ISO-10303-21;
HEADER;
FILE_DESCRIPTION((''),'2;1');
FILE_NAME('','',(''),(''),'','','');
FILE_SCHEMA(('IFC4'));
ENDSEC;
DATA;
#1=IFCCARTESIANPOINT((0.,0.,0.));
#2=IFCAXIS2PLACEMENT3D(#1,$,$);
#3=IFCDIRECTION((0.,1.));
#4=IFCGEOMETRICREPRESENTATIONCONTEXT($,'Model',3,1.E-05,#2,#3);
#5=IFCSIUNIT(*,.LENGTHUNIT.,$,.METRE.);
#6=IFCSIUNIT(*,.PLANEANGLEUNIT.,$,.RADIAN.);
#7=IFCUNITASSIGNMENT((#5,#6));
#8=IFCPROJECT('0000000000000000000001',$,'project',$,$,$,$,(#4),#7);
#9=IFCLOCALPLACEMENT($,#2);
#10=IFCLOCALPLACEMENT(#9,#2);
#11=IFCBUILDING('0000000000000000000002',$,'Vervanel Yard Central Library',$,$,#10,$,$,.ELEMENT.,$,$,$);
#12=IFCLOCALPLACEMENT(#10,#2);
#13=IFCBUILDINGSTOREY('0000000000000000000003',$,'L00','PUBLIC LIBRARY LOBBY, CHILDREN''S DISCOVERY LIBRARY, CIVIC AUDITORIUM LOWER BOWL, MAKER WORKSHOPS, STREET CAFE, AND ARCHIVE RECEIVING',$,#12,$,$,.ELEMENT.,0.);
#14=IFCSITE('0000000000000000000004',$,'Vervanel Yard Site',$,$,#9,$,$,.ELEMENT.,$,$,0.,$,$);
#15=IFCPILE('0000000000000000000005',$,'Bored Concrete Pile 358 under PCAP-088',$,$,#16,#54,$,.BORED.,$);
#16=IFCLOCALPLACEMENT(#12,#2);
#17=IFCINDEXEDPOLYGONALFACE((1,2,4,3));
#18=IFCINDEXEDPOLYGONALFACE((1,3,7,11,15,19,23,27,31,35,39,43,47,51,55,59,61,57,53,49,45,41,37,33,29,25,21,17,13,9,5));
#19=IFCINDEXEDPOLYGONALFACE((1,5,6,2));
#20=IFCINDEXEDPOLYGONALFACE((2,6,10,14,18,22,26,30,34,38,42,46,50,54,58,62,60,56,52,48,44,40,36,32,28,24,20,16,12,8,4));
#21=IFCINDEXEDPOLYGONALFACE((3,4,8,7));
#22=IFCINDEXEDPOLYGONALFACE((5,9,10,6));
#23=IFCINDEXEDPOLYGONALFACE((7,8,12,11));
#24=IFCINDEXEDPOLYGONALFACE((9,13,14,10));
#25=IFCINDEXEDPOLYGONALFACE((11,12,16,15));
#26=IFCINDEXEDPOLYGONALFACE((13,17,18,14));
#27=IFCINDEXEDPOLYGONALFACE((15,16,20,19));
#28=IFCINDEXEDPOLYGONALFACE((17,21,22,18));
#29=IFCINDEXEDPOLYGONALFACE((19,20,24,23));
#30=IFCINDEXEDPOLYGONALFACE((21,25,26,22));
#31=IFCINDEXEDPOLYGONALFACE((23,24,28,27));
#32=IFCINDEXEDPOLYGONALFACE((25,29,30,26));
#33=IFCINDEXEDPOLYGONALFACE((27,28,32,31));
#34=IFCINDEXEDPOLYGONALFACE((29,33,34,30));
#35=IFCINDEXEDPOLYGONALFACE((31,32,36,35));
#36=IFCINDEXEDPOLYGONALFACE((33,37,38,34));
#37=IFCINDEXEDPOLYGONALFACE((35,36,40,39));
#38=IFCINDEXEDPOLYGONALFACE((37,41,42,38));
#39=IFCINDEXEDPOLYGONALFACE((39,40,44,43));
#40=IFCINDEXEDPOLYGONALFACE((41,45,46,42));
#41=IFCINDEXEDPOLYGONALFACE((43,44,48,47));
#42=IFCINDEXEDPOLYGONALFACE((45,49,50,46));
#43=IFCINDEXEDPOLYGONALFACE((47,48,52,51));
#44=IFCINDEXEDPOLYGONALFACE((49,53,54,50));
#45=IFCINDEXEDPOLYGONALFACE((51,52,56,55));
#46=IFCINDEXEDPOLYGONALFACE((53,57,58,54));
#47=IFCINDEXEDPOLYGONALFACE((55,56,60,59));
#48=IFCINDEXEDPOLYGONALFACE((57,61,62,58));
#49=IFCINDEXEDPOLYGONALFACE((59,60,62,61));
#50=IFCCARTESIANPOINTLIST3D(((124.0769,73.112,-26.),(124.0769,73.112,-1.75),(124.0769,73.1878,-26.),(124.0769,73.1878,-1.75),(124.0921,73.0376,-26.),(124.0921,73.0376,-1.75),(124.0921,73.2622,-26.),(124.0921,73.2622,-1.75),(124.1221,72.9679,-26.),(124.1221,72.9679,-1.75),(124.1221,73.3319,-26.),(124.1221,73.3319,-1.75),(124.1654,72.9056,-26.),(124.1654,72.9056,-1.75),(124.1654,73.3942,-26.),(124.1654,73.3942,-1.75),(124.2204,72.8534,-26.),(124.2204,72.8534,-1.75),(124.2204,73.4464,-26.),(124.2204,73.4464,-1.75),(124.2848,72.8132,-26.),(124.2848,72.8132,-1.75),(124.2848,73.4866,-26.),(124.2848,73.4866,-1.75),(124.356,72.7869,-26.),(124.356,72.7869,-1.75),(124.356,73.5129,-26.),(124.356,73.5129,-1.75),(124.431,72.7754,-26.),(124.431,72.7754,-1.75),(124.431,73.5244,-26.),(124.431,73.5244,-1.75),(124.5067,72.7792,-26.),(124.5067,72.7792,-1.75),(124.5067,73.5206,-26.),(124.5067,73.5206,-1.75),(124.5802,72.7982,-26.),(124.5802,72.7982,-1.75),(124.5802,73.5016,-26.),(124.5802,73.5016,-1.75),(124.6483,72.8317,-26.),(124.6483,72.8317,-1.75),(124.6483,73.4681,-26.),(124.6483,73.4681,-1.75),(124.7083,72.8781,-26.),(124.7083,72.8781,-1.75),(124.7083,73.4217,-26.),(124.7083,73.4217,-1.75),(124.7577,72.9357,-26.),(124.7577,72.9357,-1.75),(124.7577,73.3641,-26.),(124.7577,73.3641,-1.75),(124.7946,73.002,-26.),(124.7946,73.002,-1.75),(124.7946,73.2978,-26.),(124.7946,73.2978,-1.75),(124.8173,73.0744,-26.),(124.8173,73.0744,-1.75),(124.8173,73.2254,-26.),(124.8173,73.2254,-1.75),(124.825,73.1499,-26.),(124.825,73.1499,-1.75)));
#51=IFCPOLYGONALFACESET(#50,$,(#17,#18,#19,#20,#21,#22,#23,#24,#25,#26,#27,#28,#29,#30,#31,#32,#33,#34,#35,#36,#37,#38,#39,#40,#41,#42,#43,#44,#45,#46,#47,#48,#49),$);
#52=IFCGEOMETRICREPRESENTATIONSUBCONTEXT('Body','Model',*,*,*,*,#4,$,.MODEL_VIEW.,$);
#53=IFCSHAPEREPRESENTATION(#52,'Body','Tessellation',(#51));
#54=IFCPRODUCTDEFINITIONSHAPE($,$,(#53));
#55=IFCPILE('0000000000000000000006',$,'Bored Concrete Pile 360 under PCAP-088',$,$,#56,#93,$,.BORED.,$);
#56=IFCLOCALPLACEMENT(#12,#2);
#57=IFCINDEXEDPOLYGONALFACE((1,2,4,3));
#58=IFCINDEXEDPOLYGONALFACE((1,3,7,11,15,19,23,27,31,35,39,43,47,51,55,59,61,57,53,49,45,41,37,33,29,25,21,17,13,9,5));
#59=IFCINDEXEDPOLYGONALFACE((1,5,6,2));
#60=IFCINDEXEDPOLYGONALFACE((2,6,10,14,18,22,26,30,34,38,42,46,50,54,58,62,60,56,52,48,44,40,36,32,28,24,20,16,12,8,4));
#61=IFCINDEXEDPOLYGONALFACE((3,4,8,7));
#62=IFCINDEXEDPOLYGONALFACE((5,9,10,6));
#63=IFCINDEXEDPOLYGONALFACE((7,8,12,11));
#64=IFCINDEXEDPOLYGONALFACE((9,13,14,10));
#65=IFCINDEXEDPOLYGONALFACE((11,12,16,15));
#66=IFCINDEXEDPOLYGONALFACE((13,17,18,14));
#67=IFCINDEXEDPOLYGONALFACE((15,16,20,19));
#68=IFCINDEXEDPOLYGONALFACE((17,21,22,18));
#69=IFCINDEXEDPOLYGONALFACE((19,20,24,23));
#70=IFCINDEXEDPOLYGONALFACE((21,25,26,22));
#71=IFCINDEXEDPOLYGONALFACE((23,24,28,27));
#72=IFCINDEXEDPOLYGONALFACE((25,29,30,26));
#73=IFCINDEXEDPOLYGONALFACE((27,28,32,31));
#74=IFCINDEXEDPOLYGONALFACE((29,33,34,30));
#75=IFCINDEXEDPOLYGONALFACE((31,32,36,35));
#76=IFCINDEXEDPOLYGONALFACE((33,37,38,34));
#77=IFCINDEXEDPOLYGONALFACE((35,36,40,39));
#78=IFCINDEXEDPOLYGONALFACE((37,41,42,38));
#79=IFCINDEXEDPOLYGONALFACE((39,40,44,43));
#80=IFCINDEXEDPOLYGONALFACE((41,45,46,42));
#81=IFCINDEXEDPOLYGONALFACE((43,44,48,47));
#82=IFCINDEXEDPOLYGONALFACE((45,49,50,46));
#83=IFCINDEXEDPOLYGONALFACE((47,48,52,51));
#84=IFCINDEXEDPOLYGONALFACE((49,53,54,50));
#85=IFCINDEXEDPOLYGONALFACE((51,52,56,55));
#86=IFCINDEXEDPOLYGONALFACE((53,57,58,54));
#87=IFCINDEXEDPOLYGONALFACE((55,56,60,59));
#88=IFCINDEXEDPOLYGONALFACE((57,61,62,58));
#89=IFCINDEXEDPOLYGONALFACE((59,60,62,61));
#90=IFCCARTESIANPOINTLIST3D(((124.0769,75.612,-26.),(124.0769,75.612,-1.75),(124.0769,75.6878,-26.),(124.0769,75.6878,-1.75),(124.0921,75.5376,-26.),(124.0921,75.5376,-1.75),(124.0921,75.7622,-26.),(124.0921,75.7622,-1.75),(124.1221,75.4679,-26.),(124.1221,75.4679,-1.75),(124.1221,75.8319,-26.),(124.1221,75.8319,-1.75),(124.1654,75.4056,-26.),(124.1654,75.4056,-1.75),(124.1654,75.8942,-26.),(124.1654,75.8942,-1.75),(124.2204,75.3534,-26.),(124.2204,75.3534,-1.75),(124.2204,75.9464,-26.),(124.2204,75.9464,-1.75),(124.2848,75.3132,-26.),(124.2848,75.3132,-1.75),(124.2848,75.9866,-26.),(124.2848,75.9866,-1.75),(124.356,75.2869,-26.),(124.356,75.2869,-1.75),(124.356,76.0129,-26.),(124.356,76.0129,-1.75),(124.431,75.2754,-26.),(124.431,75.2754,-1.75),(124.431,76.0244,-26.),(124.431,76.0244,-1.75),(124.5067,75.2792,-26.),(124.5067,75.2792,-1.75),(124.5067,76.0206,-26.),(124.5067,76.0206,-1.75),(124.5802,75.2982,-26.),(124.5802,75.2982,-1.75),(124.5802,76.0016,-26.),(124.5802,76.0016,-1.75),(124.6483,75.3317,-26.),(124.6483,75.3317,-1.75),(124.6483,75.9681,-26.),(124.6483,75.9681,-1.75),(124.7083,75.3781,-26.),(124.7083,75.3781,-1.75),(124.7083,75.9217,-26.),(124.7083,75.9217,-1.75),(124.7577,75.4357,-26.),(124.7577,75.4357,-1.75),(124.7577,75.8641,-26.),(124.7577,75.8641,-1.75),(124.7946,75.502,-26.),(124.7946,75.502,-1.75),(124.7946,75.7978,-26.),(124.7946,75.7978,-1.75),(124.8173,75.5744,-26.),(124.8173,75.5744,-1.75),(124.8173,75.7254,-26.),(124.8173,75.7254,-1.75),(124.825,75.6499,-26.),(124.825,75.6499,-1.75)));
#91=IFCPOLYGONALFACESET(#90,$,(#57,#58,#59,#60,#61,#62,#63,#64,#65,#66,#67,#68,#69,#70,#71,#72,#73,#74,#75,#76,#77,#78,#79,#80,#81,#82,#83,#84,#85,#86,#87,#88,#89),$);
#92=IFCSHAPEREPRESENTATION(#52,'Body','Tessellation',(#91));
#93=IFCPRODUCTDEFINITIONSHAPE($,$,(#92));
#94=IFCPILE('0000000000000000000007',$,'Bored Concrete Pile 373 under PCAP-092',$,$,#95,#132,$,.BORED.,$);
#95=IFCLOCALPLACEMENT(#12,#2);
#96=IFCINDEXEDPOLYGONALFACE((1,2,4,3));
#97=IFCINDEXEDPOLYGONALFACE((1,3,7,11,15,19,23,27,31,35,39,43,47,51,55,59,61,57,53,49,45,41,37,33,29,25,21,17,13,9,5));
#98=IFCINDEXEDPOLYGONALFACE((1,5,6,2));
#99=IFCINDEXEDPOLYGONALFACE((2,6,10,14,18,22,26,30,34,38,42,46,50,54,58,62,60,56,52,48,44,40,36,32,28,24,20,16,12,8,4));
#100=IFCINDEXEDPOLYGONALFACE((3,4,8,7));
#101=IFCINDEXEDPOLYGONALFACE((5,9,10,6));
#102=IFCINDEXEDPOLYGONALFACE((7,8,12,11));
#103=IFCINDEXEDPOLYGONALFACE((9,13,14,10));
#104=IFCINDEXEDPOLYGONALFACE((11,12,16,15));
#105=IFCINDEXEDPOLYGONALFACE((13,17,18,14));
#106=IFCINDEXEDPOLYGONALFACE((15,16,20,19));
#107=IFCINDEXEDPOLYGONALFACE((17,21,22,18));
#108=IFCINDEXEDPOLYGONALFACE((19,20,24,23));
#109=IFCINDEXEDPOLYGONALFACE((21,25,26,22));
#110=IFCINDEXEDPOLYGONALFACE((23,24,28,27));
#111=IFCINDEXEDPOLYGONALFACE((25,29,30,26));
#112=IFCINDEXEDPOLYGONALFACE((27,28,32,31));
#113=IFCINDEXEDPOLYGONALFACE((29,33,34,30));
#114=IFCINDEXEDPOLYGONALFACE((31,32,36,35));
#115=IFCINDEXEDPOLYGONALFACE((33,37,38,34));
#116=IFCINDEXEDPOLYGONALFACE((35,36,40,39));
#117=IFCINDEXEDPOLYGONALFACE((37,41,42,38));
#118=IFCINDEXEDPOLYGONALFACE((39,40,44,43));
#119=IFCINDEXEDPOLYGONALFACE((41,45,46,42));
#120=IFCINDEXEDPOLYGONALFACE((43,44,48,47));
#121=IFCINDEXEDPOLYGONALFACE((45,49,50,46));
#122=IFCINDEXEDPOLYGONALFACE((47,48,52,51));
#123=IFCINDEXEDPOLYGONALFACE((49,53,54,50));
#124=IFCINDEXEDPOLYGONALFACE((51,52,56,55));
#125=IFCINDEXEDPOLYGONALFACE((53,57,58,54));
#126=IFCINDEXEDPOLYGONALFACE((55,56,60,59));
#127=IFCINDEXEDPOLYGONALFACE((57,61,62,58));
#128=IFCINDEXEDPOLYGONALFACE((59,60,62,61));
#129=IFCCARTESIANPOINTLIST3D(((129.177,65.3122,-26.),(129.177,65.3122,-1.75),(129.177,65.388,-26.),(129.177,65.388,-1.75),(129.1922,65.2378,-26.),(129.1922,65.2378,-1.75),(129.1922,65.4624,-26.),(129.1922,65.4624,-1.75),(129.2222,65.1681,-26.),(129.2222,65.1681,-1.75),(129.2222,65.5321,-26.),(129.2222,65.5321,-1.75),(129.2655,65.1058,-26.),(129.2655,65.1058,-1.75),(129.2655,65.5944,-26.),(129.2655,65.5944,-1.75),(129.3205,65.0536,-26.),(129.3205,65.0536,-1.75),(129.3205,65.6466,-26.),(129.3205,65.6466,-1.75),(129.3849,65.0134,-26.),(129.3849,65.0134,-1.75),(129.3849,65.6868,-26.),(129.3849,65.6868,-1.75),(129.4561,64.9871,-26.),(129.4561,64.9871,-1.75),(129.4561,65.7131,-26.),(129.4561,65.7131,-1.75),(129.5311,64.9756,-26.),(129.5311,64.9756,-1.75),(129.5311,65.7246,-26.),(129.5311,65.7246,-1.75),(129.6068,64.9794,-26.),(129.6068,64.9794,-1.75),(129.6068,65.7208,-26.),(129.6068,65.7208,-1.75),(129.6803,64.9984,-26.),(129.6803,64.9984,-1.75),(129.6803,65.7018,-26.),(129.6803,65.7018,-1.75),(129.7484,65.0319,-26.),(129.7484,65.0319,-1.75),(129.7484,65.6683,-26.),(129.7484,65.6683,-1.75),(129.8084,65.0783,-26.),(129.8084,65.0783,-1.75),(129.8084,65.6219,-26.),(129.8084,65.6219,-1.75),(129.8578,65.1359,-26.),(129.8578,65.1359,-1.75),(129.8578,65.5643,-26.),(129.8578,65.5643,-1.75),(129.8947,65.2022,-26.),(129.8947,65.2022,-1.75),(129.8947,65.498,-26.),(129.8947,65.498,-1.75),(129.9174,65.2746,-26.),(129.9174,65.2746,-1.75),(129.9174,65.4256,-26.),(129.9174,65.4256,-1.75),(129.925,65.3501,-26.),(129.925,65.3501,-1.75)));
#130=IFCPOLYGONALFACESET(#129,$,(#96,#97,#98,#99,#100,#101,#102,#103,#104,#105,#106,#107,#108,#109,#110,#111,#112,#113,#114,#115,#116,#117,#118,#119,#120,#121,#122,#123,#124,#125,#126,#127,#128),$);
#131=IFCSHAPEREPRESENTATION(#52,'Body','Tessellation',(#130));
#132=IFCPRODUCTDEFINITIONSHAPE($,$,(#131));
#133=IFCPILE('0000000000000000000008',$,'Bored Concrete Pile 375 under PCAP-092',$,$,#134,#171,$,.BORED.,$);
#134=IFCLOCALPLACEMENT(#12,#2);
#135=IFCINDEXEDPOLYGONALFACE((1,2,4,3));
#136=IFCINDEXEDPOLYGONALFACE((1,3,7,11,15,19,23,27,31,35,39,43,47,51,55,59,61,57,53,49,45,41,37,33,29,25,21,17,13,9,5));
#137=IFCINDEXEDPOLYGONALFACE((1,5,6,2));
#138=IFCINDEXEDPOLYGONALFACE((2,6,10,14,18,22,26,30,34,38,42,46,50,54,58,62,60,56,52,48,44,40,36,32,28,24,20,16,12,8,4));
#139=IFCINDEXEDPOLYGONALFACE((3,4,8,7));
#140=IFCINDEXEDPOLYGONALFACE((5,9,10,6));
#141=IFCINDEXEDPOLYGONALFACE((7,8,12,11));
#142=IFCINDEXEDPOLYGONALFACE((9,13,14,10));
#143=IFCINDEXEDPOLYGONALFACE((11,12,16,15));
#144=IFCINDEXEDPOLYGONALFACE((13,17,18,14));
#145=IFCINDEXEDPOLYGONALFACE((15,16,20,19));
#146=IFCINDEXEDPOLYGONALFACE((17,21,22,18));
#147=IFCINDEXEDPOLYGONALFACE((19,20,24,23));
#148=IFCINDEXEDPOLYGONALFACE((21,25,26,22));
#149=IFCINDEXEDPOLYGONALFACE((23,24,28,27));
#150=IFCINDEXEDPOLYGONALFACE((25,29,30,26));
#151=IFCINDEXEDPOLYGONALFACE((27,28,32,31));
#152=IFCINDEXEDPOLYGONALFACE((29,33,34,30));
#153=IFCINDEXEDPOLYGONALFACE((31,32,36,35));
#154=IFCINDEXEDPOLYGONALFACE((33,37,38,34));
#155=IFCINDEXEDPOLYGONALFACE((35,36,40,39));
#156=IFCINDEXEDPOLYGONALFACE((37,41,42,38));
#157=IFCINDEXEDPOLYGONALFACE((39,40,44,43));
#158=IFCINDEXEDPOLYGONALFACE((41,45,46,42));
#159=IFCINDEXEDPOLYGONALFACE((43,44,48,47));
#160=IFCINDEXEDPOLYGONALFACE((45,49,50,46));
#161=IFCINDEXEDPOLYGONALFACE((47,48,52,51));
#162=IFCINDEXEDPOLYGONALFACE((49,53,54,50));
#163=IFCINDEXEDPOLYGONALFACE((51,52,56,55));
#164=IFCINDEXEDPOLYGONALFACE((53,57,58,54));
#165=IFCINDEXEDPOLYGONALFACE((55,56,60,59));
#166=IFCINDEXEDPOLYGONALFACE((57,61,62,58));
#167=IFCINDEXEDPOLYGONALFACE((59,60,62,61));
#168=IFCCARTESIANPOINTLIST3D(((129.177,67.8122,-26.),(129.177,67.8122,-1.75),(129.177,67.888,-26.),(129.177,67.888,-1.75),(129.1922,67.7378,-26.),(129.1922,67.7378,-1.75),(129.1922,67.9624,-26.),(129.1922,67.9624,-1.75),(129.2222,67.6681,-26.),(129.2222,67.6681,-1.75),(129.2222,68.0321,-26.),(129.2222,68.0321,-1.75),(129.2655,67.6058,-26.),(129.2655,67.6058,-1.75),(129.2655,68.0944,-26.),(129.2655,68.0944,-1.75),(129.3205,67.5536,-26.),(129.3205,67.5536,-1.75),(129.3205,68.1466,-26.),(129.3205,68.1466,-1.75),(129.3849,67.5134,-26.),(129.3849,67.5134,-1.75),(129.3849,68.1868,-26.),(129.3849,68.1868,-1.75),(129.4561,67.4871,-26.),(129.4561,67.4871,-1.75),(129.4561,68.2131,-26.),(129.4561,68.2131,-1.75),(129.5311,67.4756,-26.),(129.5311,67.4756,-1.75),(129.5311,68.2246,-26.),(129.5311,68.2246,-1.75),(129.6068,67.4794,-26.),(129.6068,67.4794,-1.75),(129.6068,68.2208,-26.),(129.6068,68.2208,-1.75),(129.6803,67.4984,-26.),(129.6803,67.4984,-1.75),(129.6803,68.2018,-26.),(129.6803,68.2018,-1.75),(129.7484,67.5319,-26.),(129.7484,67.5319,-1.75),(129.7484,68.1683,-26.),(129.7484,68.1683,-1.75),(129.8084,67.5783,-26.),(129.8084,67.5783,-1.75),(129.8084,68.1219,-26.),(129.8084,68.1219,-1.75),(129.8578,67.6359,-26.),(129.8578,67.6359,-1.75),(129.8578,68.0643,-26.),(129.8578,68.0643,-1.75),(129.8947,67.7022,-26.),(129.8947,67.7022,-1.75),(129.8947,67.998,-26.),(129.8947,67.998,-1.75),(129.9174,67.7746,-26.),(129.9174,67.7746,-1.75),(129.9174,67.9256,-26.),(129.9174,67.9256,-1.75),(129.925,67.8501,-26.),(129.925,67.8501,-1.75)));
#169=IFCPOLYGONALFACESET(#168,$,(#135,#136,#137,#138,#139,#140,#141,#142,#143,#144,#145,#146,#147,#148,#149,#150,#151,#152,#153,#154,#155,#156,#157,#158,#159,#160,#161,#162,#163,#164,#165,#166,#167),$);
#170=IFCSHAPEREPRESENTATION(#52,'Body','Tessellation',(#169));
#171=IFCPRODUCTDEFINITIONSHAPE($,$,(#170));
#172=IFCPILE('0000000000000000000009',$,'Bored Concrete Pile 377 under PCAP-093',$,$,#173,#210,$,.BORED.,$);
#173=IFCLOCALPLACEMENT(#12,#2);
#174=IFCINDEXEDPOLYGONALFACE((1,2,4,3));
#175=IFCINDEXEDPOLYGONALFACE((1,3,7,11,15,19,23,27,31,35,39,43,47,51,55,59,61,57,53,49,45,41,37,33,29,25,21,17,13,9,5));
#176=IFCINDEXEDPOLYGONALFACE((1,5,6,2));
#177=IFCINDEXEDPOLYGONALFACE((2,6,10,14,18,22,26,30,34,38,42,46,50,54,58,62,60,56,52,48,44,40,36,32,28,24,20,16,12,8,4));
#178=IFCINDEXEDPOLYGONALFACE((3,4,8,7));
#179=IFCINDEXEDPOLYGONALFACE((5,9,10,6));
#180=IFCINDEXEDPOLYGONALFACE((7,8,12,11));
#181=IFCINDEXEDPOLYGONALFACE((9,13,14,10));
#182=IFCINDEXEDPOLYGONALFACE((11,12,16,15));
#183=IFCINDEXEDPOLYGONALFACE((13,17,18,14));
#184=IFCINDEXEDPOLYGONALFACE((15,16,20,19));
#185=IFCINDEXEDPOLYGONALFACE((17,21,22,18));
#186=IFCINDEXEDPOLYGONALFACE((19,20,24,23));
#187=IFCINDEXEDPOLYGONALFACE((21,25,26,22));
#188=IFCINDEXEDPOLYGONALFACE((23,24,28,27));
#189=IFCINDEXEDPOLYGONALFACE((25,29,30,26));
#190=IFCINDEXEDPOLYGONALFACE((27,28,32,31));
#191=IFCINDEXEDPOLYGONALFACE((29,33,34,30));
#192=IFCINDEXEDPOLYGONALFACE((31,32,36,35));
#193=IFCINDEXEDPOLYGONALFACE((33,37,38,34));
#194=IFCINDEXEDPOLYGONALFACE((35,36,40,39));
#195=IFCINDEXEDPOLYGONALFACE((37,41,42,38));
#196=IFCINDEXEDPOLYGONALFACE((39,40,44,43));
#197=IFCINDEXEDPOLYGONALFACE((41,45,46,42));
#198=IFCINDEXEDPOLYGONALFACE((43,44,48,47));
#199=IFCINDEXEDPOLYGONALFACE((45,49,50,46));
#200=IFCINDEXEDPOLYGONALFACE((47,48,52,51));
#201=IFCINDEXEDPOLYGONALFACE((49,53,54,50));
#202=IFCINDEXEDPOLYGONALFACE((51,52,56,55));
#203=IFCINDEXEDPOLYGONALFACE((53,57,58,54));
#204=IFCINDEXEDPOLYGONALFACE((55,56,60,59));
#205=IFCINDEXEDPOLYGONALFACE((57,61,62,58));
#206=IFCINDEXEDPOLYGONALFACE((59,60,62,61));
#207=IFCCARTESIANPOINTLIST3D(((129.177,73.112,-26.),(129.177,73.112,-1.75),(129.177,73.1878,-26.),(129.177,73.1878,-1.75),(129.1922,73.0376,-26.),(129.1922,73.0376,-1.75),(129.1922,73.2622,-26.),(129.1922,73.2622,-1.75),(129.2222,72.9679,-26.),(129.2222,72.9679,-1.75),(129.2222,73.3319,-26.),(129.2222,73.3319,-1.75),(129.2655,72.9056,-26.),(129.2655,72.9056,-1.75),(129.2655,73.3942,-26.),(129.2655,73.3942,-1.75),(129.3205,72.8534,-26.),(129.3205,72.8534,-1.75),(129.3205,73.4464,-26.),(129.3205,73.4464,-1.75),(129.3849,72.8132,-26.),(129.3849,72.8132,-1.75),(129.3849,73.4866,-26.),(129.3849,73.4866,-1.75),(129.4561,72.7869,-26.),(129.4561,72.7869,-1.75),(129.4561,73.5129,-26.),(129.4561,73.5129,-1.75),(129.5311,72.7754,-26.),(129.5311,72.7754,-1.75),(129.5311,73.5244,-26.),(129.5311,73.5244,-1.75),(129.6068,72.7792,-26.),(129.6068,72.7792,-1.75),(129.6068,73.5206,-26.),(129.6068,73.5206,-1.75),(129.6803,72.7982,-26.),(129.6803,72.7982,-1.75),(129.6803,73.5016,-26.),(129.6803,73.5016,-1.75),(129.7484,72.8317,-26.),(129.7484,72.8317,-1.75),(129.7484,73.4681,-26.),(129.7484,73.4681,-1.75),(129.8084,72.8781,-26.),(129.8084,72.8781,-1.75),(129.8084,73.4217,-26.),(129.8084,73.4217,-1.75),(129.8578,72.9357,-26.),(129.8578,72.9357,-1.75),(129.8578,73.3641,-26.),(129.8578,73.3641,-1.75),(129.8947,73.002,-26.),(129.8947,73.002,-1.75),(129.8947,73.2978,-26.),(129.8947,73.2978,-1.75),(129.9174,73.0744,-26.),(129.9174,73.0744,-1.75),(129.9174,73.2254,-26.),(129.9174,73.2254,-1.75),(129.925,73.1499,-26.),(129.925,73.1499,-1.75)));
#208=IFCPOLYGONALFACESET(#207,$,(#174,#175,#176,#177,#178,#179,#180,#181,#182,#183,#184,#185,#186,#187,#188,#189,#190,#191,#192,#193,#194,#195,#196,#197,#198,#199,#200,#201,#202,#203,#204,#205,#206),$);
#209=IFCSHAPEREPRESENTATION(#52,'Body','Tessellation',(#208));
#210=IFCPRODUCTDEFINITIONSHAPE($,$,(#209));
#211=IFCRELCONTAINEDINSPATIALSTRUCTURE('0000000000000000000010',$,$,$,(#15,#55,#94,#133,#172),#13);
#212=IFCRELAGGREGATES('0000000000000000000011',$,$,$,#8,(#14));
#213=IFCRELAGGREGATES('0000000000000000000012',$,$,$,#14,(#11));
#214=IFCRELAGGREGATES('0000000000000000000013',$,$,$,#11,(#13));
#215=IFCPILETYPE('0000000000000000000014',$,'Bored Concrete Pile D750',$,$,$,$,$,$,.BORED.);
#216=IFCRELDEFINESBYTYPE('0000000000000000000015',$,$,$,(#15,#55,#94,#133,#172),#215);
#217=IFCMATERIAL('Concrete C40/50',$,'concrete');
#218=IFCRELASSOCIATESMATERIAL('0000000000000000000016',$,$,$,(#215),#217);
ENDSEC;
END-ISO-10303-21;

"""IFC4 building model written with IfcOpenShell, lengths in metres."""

from ifc_helpers import new_model, si_unit, direction, frame, origin, origin_2d, place, context, subcontext, project, spatial, circle, extrude, material, material_profile, profile_set, type_object, element, save


model = new_model("IFC4")

# Units and contexts
model_context = context("Model", 3, precision=1e-05, world=origin(), true_north=direction((0.0, 1.0)))
body_context = subcontext(model_context, "Body", "Model", "MODEL_VIEW")
ifc_project = project(units=[si_unit("LENGTHUNIT", "METRE"), si_unit("PLANEANGLEUNIT", "RADIAN")], contexts=[model_context])

# Site, building, storey
site_placement = place(None, origin())
site = spatial("IfcSite", under=ifc_project, at=site_placement, Name="Vervanel Yard Site", CompositionType="ELEMENT", RefElevation=0.0)
building_placement = place(site_placement, origin())
building = spatial("IfcBuilding", under=site, at=building_placement, Name="Vervanel Yard Central Library", CompositionType="ELEMENT")
storey_placement = place(building_placement, origin())
storey = spatial("IfcBuildingStorey", under=building, at=storey_placement, Name="L00", Description="PUBLIC LIBRARY LOBBY, CHILDREN'S DISCOVERY LIBRARY, CIVIC AUDITORIUM LOWER BOWL, MAKER WORKSHOPS, STREET CAFE, AND ARCHIVE RECEIVING", CompositionType="ELEMENT", Elevation=0.0)

# Piles
ifc_material_1 = material(Name="Concrete C40/50", Category="concrete")
ifc_material_profile_1 = material_profile(ifc_material_1, circle(Radius=0.375, at=origin_2d()), Name="BP D750", Category="concrete")
ifc_profile_set_1 = profile_set([ifc_material_profile_1], Name="Concrete C40/50")
pile_type = type_object("IfcPileType", Name="Bored Concrete Pile D750", PredefinedType="BORED", material=ifc_profile_set_1)
for number, where, z_axis, x_axis, name in (
    (1, (124.45, 73.1499, -1.75), (0.0, 0.0, -1.0), (1.0, 0.0, 0.0), "Bored Concrete Pile 358 under PCAP-088"),
    (2, (124.45, 75.6499, -1.75), (0.0, 0.0, -1.0), (1.0, 0.0, 0.0), "Bored Concrete Pile 360 under PCAP-088"),
    (3, (129.55, 65.3501, -1.75), (0.0, 0.0, -1.0), (1.0, 0.0, 0.0), "Bored Concrete Pile 373 under PCAP-092"),
    (4, (129.55, 67.8501, -1.75), (0.0, 0.0, -1.0), (1.0, 0.0, 0.0), "Bored Concrete Pile 375 under PCAP-092"),
    (5, (129.55, 73.1499, -1.75), (0.0, 0.0, -1.0), (1.0, 0.0, 0.0), "Bored Concrete Pile 377 under PCAP-093"),
):
    element("IfcPile", number, at=place(storey_placement, frame(where, z_axis=z_axis, x_axis=x_axis)), inside=storey, type_object=pile_type, Name=name, PredefinedType="BORED", context=body_context, shape_type="SweptSolid", body=[
        extrude(circle(Radius=0.375, at=origin_2d()), origin(), (0.0, 0.0, 1.0), 24.25),
    ])

save(model, "model.ifc")
